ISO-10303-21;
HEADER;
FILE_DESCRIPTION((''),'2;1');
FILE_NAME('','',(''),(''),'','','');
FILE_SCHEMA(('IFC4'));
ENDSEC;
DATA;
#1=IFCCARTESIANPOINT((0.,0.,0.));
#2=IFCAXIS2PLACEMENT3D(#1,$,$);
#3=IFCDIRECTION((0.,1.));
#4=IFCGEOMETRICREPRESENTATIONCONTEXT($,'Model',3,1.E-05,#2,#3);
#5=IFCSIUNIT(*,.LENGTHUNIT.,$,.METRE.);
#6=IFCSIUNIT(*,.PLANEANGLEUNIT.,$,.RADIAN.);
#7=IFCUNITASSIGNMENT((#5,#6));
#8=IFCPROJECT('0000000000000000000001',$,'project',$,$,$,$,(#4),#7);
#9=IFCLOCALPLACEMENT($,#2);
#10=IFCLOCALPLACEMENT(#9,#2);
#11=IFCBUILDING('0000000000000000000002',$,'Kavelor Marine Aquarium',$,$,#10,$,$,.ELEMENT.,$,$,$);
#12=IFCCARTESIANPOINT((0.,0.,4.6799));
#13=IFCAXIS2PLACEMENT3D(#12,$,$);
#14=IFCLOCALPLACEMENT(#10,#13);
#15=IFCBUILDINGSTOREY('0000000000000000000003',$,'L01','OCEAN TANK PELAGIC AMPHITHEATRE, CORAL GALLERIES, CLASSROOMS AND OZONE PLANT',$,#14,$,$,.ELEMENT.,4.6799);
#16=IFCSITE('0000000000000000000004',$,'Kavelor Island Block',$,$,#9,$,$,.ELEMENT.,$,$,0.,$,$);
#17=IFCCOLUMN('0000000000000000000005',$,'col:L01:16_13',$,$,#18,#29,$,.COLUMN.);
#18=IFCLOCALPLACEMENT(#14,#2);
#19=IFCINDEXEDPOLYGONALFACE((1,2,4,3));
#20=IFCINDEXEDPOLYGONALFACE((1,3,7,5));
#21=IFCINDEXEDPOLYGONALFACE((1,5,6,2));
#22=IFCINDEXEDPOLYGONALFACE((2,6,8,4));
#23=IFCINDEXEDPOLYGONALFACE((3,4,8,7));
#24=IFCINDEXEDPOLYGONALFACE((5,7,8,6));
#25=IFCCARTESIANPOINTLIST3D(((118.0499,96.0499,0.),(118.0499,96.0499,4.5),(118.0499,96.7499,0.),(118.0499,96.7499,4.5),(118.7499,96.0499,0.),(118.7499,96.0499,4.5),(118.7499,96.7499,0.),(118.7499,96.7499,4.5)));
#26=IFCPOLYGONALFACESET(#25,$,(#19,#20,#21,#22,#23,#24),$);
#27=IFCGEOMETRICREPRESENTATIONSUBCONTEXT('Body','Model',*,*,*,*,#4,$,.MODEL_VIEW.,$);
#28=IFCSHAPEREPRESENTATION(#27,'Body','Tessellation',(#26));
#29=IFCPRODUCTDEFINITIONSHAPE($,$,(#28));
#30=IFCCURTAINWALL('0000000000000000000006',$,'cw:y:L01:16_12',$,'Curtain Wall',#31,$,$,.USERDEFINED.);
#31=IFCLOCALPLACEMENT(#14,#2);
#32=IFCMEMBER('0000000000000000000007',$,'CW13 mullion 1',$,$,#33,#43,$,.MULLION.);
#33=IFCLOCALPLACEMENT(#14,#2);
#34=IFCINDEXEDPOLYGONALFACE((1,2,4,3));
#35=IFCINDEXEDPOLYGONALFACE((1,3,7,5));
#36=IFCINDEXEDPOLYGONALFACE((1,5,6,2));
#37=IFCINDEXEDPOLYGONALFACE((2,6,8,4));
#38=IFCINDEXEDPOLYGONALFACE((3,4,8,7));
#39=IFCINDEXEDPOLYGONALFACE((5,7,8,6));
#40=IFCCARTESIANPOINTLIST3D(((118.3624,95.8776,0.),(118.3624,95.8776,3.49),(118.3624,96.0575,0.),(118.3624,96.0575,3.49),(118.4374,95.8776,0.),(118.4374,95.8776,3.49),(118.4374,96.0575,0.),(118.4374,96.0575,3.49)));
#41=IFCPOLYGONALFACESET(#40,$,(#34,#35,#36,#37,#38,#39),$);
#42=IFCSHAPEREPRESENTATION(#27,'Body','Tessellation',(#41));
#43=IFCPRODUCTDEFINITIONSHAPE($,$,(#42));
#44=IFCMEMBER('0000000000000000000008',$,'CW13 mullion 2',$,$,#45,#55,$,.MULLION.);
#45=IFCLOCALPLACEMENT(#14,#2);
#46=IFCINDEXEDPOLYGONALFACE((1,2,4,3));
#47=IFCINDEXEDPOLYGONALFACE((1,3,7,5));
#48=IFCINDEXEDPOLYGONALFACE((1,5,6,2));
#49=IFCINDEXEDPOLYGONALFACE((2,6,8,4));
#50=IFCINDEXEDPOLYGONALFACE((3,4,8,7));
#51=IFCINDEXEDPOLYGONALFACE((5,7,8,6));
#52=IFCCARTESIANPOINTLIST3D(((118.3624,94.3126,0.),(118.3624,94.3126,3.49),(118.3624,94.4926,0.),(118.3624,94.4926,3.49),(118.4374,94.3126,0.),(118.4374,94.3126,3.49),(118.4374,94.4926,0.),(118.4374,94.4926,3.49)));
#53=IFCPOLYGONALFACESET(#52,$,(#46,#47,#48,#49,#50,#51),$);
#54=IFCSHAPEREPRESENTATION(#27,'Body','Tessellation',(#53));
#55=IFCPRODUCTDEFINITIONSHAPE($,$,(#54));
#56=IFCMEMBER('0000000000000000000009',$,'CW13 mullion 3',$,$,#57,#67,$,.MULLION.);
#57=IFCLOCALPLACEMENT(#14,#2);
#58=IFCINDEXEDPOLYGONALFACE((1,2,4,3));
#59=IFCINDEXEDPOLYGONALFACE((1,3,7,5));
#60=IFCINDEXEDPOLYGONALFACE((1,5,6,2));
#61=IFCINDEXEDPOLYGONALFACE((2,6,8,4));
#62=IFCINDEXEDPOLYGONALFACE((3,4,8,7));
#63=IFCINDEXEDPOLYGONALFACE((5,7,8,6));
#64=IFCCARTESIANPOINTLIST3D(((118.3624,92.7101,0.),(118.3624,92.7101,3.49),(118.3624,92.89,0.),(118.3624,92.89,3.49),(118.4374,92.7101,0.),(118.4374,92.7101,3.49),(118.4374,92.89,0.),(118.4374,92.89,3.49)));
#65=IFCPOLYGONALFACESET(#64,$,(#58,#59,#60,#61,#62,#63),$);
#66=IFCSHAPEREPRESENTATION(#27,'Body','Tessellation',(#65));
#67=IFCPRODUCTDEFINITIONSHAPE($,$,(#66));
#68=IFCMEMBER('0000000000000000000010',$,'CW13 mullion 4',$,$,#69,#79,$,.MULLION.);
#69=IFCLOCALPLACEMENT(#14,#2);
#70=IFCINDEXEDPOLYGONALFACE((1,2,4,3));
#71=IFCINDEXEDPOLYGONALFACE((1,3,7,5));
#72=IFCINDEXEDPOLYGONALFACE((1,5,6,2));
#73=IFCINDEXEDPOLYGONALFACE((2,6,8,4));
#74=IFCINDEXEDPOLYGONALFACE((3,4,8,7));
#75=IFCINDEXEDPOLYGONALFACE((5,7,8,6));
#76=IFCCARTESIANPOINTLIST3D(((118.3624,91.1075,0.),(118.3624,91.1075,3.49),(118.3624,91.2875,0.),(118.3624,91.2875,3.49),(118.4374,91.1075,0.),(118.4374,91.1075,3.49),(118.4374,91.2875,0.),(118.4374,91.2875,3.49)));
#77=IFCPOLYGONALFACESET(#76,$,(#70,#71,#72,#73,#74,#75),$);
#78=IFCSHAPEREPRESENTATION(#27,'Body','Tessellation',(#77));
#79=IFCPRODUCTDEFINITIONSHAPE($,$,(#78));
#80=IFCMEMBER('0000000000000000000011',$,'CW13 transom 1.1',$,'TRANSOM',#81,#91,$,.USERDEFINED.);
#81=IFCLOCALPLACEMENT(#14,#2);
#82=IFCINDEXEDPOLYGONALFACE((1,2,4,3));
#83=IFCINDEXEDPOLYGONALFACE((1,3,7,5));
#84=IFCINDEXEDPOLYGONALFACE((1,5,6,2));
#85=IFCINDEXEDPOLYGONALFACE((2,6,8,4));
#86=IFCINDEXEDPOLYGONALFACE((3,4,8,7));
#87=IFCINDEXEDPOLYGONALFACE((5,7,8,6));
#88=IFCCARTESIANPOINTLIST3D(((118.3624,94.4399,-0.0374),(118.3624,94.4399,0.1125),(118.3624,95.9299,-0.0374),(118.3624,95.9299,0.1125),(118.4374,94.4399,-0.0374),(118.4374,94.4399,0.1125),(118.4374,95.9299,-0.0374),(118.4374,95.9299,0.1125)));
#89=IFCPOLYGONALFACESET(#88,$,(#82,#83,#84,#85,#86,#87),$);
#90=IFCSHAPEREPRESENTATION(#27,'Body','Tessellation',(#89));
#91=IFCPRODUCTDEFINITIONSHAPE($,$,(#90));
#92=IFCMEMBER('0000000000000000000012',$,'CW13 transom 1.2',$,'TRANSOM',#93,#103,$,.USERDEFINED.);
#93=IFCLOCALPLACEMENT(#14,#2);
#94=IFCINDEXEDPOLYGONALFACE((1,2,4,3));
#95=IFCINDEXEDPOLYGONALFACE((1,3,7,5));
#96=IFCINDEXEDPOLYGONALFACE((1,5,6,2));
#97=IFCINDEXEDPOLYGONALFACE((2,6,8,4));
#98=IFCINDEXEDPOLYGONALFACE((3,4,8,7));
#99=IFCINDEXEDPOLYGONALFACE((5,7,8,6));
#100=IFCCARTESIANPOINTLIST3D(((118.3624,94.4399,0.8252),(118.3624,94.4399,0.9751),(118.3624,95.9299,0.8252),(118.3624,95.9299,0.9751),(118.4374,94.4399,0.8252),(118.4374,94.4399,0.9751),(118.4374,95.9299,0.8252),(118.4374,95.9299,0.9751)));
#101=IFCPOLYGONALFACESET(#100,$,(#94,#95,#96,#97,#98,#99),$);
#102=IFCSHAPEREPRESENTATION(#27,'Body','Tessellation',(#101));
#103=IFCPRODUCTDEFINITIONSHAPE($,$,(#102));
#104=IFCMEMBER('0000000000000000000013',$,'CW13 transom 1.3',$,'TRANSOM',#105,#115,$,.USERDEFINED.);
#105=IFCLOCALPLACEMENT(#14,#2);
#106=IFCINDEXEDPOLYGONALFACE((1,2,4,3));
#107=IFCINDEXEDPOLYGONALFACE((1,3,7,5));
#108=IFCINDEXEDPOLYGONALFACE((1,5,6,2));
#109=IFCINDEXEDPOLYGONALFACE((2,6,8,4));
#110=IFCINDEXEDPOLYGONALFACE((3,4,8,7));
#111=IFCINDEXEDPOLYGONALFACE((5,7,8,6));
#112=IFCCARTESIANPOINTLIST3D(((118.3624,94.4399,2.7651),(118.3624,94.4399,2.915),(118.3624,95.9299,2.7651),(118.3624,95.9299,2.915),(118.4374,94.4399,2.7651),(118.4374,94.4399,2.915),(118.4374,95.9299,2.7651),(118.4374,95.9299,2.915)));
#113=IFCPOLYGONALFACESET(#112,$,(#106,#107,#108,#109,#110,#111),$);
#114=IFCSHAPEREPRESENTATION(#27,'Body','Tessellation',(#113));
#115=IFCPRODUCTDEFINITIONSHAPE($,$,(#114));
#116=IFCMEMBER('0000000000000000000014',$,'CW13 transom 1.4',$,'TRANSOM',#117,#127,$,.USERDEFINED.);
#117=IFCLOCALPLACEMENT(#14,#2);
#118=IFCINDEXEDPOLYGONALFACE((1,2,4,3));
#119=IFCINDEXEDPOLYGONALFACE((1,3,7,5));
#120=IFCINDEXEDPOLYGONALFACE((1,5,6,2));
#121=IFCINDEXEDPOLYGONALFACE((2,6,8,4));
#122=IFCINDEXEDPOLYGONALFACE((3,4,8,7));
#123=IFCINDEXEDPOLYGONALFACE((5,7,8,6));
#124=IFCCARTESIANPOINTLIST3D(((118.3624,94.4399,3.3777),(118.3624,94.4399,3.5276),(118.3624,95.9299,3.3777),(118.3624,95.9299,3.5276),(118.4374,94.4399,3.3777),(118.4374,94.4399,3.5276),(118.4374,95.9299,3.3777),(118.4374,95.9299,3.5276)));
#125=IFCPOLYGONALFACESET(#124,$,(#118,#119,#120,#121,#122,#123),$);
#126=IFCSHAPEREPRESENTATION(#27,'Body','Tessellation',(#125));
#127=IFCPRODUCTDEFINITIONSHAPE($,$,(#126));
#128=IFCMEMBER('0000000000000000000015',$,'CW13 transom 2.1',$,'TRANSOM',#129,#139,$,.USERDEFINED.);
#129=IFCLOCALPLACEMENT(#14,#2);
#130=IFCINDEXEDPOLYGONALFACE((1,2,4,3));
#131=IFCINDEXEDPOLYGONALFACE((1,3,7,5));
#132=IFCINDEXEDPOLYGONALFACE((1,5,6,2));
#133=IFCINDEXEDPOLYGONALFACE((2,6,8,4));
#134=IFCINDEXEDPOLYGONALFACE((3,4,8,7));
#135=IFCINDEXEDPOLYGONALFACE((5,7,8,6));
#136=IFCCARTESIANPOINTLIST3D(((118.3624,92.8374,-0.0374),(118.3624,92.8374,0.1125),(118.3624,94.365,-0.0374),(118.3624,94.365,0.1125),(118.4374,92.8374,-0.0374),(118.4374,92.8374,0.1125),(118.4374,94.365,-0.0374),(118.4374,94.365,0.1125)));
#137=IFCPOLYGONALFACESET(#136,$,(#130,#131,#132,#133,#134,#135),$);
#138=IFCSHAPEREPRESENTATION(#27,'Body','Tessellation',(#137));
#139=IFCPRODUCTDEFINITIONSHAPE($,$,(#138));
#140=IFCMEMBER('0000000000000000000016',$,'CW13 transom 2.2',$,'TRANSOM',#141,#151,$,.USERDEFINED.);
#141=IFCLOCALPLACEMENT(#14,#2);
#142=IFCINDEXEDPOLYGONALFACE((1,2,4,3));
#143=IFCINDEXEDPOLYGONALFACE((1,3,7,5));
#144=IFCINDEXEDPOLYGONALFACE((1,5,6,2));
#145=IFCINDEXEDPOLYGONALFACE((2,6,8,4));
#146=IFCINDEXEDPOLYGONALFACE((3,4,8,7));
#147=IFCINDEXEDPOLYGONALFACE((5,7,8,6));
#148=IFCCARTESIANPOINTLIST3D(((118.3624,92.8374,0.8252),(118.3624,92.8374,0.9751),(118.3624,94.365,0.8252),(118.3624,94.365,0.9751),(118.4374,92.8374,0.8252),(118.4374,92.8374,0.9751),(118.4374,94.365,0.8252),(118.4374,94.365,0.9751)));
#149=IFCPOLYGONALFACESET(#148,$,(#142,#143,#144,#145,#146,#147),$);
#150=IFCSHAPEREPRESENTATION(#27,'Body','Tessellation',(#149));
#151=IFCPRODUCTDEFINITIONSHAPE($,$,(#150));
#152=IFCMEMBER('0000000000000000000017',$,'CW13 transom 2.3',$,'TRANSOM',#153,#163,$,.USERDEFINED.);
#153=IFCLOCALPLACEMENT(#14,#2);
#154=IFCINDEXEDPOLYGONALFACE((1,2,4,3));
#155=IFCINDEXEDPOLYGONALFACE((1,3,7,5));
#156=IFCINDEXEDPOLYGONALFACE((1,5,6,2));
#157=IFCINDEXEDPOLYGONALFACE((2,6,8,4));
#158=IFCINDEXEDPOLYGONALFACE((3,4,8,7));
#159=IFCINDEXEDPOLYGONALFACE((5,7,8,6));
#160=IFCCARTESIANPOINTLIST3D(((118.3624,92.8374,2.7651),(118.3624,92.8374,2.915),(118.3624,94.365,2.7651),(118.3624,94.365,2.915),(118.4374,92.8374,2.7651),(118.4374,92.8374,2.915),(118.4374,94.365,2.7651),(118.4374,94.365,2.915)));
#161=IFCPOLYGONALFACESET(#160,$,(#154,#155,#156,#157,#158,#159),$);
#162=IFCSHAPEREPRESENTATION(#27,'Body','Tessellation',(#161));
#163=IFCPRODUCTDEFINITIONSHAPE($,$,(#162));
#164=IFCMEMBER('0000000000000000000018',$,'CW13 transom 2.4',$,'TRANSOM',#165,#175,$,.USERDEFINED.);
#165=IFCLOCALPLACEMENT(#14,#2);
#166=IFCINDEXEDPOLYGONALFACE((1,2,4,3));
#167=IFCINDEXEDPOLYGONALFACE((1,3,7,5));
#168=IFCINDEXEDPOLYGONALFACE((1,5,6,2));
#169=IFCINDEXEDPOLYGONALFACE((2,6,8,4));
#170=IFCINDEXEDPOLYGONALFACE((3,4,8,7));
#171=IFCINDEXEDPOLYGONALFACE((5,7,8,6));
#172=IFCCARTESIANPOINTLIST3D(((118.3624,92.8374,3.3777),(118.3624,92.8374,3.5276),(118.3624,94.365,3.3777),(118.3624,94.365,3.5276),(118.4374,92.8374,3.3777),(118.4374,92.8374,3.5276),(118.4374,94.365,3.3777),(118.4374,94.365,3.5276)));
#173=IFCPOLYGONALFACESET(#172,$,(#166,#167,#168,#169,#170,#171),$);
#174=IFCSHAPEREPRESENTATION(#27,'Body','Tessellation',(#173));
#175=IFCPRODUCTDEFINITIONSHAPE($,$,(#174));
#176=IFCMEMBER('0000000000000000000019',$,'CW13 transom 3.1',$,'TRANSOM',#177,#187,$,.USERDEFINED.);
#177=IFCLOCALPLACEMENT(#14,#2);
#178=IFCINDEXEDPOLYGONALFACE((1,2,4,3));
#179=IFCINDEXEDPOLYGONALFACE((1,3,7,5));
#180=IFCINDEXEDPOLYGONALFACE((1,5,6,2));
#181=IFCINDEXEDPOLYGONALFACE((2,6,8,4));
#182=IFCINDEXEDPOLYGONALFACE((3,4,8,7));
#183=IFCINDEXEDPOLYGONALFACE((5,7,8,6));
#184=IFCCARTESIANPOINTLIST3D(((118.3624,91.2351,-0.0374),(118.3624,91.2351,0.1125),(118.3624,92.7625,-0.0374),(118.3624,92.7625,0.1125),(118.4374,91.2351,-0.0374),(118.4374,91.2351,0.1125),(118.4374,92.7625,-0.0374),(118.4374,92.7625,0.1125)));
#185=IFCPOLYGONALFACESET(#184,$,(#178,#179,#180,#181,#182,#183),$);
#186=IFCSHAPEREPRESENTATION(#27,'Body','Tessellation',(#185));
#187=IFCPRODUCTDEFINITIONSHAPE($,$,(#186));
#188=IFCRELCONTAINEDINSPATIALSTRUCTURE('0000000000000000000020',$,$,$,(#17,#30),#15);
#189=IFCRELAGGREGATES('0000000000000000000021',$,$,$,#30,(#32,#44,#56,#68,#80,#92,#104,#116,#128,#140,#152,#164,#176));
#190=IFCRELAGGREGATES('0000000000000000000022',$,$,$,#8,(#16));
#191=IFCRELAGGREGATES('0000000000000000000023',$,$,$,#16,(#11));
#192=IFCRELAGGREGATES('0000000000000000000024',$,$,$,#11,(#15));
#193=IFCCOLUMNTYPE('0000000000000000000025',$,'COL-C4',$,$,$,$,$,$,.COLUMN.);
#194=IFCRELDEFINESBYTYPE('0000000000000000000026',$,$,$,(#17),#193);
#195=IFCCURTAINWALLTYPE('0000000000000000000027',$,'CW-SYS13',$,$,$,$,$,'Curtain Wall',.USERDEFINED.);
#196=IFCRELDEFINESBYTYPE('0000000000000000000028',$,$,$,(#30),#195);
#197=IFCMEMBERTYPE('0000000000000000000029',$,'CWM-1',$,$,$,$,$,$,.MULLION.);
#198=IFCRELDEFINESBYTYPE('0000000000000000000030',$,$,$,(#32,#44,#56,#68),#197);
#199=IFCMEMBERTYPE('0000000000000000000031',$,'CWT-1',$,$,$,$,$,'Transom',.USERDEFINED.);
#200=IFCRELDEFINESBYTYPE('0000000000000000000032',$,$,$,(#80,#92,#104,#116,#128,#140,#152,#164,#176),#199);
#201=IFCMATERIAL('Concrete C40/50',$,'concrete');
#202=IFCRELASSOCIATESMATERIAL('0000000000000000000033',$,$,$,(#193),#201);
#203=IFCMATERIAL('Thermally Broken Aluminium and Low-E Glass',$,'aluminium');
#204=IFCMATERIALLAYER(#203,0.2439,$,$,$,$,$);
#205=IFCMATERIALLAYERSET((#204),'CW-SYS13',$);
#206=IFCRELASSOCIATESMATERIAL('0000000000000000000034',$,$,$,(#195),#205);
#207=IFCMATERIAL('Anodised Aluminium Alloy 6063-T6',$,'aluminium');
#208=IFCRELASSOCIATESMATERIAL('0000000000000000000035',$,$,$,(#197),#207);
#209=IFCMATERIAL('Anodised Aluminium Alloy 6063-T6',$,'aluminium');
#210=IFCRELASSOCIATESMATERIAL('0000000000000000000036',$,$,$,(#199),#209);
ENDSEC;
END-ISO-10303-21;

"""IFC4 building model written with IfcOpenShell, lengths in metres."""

from ifc_helpers import new_model, si_unit, direction, frame, origin, origin_2d, place, context, subcontext, project, spatial, rectangle, extrude, material, layer, layer_set, material_profile, profile_set, type_object, element, aggregate, save


model = new_model("IFC4")

# Units and contexts
model_context = context("Model", 3, precision=1e-05, world=origin(), true_north=direction((0.0, 1.0)))
body_context = subcontext(model_context, "Body", "Model", "MODEL_VIEW")
ifc_project = project(units=[si_unit("LENGTHUNIT", "METRE"), si_unit("PLANEANGLEUNIT", "RADIAN")], contexts=[model_context])

# Site, building, storey
site_placement = place(None, origin())
site = spatial("IfcSite", under=ifc_project, at=site_placement, Name="Kavelor Island Block", CompositionType="ELEMENT", RefElevation=0.0)
building_placement = place(site_placement, origin())
building = spatial("IfcBuilding", under=site, at=building_placement, Name="Kavelor Marine Aquarium", CompositionType="ELEMENT")
storey_placement = place(building_placement, frame((0.0, 0.0, 4.6799)))
storey = spatial("IfcBuildingStorey", under=building, at=storey_placement, Name="L01", Description="OCEAN TANK PELAGIC AMPHITHEATRE, CORAL GALLERIES, CLASSROOMS AND OZONE PLANT", CompositionType="ELEMENT", Elevation=4.6799)

# Column
ifc_material_1 = material(Name="Concrete C40/50", Category="concrete")
ifc_material_profile_1 = material_profile(ifc_material_1, rectangle(XDim=0.7, YDim=0.7, at=origin_2d()), Name="RC-COL 700x700")
ifc_profile_set_1 = profile_set([ifc_material_profile_1], Name="Concrete C40/50")
column_type = type_object("IfcColumnType", Name="COL-C4", PredefinedType="COLUMN", material=ifc_profile_set_1)
column_placement = place(storey_placement, frame((118.3999, 96.3999, 0.0), z_axis=(0.0, 0.0, 1.0), x_axis=(1.0, 0.0, 0.0)))
element("IfcColumn", 1, at=column_placement, inside=storey, type_object=column_type, Name="col:L01:16_13", PredefinedType="COLUMN", context=body_context, shape_type="SweptSolid", body=[
    extrude(rectangle(XDim=0.7, YDim=0.7, at=origin_2d()), origin(), (0.0, 0.0, 1.0), 4.5),
])

# Curtain wall, members
ifc_material_2 = material(Name="Thermally Broken Aluminium and Low-E Glass", Category="aluminium")
ifc_layer_1 = layer(ifc_material_2, 0.2439)
ifc_layer_set_1 = layer_set([ifc_layer_1], Name="CW-SYS13")
curtain_wall_type = type_object("IfcCurtainWallType", Name="CW-SYS13", ElementType="Curtain Wall", PredefinedType="USERDEFINED", material=ifc_layer_set_1)
curtain_wall_placement = place(storey_placement, origin())
curtain_wall = element("IfcCurtainWall", 2, at=curtain_wall_placement, inside=storey, type_object=curtain_wall_type, Name="cw:y:L01:16_12", ObjectType="Curtain Wall", PredefinedType="USERDEFINED")
ifc_material_3 = material(Name="Anodised Aluminium Alloy 6063-T6", Category="aluminium")
ifc_material_profile_2 = material_profile(ifc_material_3, rectangle(XDim=0.075, YDim=0.1799, at=origin_2d()), Name="CW-MUL 75x180")
ifc_profile_set_2 = profile_set([ifc_material_profile_2], Name="Anodised Aluminium Alloy 6063-T6")
member_type_1 = type_object("IfcMemberType", Name="CWM-1", PredefinedType="MULLION", material=ifc_profile_set_2)
member_1_placement = place(storey_placement, frame((118.3999, 95.9675, 0.0), z_axis=(0.0, 0.0, 1.0), x_axis=(1.0, 0.0, 0.0)))
member_1 = element("IfcMember", 3, at=member_1_placement, type_object=member_type_1, Name="CW13 mullion 1", PredefinedType="MULLION", context=body_context, shape_type="SweptSolid", body=[
    extrude(rectangle(XDim=0.075, YDim=0.1799, at=origin_2d()), origin(), (0.0, 0.0, 1.0), 3.49),
])
member_2_placement = place(storey_placement, frame((118.3999, 94.4026, 0.0), z_axis=(0.0, 0.0, 1.0), x_axis=(1.0, 0.0, 0.0)))
member_2 = element("IfcMember", 4, at=member_2_placement, type_object=member_type_1, Name="CW13 mullion 2", PredefinedType="MULLION", context=body_context, shape_type="SweptSolid", body=[
    extrude(rectangle(XDim=0.075, YDim=0.1799, at=origin_2d()), origin(), (0.0, 0.0, 1.0), 3.49),
])
member_3_placement = place(storey_placement, frame((118.3999, 92.8, 0.0), z_axis=(0.0, 0.0, 1.0), x_axis=(1.0, 0.0, 0.0)))
member_3 = element("IfcMember", 5, at=member_3_placement, type_object=member_type_1, Name="CW13 mullion 3", PredefinedType="MULLION", context=body_context, shape_type="SweptSolid", body=[
    extrude(rectangle(XDim=0.075, YDim=0.1799, at=origin_2d()), origin(), (0.0, 0.0, 1.0), 3.49),
])
member_4_placement = place(storey_placement, frame((118.3999, 91.1975, 0.0), z_axis=(0.0, 0.0, 1.0), x_axis=(1.0, 0.0, 0.0)))
member_4 = element("IfcMember", 6, at=member_4_placement, type_object=member_type_1, Name="CW13 mullion 4", PredefinedType="MULLION", context=body_context, shape_type="SweptSolid", body=[
    extrude(rectangle(XDim=0.075, YDim=0.1799, at=origin_2d()), origin(), (0.0, 0.0, 1.0), 3.49),
])
ifc_material_4 = material(Name="Anodised Aluminium Alloy 6063-T6", Category="aluminium")
ifc_material_profile_3 = material_profile(ifc_material_4, rectangle(XDim=0.075, YDim=0.1499, at=origin_2d()), Name="CW-TRN 75x150")
ifc_profile_set_3 = profile_set([ifc_material_profile_3], Name="Anodised Aluminium Alloy 6063-T6")
member_type_2 = type_object("IfcMemberType", Name="CWT-1", ElementType="Transom", PredefinedType="USERDEFINED", material=ifc_profile_set_3)
member_5_placement = place(storey_placement, frame((118.3999, 95.9299, 0.0376), z_axis=(0.0, -1.0, 0.0), x_axis=(1.0, 0.0, 0.0)))
member_5 = element("IfcMember", 7, at=member_5_placement, type_object=member_type_2, Name="CW13 transom 1.1", ObjectType="TRANSOM", PredefinedType="USERDEFINED", context=body_context, shape_type="SweptSolid", body=[
    extrude(rectangle(XDim=0.075, YDim=0.1499, at=origin_2d()), origin(), (0.0, 0.0, 1.0), 1.49),
])
member_6_placement = place(storey_placement, frame((118.3999, 95.9299, 0.9001), z_axis=(0.0, -1.0, 0.0), x_axis=(1.0, 0.0, 0.0)))
member_6 = element("IfcMember", 8, at=member_6_placement, type_object=member_type_2, Name="CW13 transom 1.2", ObjectType="TRANSOM", PredefinedType="USERDEFINED", context=body_context, shape_type="SweptSolid", body=[
    extrude(rectangle(XDim=0.075, YDim=0.1499, at=origin_2d()), origin(), (0.0, 0.0, 1.0), 1.49),
])
member_7_placement = place(storey_placement, frame((118.3999, 95.9299, 2.8401), z_axis=(0.0, -1.0, 0.0), x_axis=(1.0, 0.0, 0.0)))
member_7 = element("IfcMember", 9, at=member_7_placement, type_object=member_type_2, Name="CW13 transom 1.3", ObjectType="TRANSOM", PredefinedType="USERDEFINED", context=body_context, shape_type="SweptSolid", body=[
    extrude(rectangle(XDim=0.075, YDim=0.1499, at=origin_2d()), origin(), (0.0, 0.0, 1.0), 1.49),
])
member_8_placement = place(storey_placement, frame((118.3999, 95.9299, 3.4526), z_axis=(0.0, -1.0, 0.0), x_axis=(1.0, 0.0, 0.0)))
member_8 = element("IfcMember", 10, at=member_8_placement, type_object=member_type_2, Name="CW13 transom 1.4", ObjectType="TRANSOM", PredefinedType="USERDEFINED", context=body_context, shape_type="SweptSolid", body=[
    extrude(rectangle(XDim=0.075, YDim=0.1499, at=origin_2d()), origin(), (0.0, 0.0, 1.0), 1.49),
])
member_9_placement = place(storey_placement, frame((118.3999, 94.365, 0.0376), z_axis=(0.0, -1.0, 0.0), x_axis=(1.0, 0.0, 0.0)))
member_9 = element("IfcMember", 11, at=member_9_placement, type_object=member_type_2, Name="CW13 transom 2.1", ObjectType="TRANSOM", PredefinedType="USERDEFINED", context=body_context, shape_type="SweptSolid", body=[
    extrude(rectangle(XDim=0.075, YDim=0.1499, at=origin_2d()), origin(), (0.0, 0.0, 1.0), 1.5276),
])
member_10_placement = place(storey_placement, frame((118.3999, 94.365, 0.9001), z_axis=(0.0, -1.0, 0.0), x_axis=(1.0, 0.0, 0.0)))
member_10 = element("IfcMember", 12, at=member_10_placement, type_object=member_type_2, Name="CW13 transom 2.2", ObjectType="TRANSOM", PredefinedType="USERDEFINED", context=body_context, shape_type="SweptSolid", body=[
    extrude(rectangle(XDim=0.075, YDim=0.1499, at=origin_2d()), origin(), (0.0, 0.0, 1.0), 1.5276),
])
member_11_placement = place(storey_placement, frame((118.3999, 94.365, 2.8401), z_axis=(0.0, -1.0, 0.0), x_axis=(1.0, 0.0, 0.0)))
member_11 = element("IfcMember", 13, at=member_11_placement, type_object=member_type_2, Name="CW13 transom 2.3", ObjectType="TRANSOM", PredefinedType="USERDEFINED", context=body_context, shape_type="SweptSolid", body=[
    extrude(rectangle(XDim=0.075, YDim=0.1499, at=origin_2d()), origin(), (0.0, 0.0, 1.0), 1.5276),
])
member_12_placement = place(storey_placement, frame((118.3999, 94.365, 3.4526), z_axis=(0.0, -1.0, 0.0), x_axis=(1.0, 0.0, 0.0)))
member_12 = element("IfcMember", 14, at=member_12_placement, type_object=member_type_2, Name="CW13 transom 2.4", ObjectType="TRANSOM", PredefinedType="USERDEFINED", context=body_context, shape_type="SweptSolid", body=[
    extrude(rectangle(XDim=0.075, YDim=0.1499, at=origin_2d()), origin(), (0.0, 0.0, 1.0), 1.5276),
])
member_13_placement = place(storey_placement, frame((118.3999, 92.7625, 0.0376), z_axis=(0.0, -1.0, 0.0), x_axis=(1.0, 0.0, 0.0)))
member_13 = element("IfcMember", 15, at=member_13_placement, type_object=member_type_2, Name="CW13 transom 3.1", ObjectType="TRANSOM", PredefinedType="USERDEFINED", context=body_context, shape_type="SweptSolid", body=[
    extrude(rectangle(XDim=0.075, YDim=0.1499, at=origin_2d()), origin(), (0.0, 0.0, 1.0), 1.5273),
])

aggregate(curtain_wall, [member_1, member_2, member_3, member_4, member_5, member_6, member_7, member_8, member_9, member_10, member_11, member_12, member_13])

save(model, "model.ifc")
